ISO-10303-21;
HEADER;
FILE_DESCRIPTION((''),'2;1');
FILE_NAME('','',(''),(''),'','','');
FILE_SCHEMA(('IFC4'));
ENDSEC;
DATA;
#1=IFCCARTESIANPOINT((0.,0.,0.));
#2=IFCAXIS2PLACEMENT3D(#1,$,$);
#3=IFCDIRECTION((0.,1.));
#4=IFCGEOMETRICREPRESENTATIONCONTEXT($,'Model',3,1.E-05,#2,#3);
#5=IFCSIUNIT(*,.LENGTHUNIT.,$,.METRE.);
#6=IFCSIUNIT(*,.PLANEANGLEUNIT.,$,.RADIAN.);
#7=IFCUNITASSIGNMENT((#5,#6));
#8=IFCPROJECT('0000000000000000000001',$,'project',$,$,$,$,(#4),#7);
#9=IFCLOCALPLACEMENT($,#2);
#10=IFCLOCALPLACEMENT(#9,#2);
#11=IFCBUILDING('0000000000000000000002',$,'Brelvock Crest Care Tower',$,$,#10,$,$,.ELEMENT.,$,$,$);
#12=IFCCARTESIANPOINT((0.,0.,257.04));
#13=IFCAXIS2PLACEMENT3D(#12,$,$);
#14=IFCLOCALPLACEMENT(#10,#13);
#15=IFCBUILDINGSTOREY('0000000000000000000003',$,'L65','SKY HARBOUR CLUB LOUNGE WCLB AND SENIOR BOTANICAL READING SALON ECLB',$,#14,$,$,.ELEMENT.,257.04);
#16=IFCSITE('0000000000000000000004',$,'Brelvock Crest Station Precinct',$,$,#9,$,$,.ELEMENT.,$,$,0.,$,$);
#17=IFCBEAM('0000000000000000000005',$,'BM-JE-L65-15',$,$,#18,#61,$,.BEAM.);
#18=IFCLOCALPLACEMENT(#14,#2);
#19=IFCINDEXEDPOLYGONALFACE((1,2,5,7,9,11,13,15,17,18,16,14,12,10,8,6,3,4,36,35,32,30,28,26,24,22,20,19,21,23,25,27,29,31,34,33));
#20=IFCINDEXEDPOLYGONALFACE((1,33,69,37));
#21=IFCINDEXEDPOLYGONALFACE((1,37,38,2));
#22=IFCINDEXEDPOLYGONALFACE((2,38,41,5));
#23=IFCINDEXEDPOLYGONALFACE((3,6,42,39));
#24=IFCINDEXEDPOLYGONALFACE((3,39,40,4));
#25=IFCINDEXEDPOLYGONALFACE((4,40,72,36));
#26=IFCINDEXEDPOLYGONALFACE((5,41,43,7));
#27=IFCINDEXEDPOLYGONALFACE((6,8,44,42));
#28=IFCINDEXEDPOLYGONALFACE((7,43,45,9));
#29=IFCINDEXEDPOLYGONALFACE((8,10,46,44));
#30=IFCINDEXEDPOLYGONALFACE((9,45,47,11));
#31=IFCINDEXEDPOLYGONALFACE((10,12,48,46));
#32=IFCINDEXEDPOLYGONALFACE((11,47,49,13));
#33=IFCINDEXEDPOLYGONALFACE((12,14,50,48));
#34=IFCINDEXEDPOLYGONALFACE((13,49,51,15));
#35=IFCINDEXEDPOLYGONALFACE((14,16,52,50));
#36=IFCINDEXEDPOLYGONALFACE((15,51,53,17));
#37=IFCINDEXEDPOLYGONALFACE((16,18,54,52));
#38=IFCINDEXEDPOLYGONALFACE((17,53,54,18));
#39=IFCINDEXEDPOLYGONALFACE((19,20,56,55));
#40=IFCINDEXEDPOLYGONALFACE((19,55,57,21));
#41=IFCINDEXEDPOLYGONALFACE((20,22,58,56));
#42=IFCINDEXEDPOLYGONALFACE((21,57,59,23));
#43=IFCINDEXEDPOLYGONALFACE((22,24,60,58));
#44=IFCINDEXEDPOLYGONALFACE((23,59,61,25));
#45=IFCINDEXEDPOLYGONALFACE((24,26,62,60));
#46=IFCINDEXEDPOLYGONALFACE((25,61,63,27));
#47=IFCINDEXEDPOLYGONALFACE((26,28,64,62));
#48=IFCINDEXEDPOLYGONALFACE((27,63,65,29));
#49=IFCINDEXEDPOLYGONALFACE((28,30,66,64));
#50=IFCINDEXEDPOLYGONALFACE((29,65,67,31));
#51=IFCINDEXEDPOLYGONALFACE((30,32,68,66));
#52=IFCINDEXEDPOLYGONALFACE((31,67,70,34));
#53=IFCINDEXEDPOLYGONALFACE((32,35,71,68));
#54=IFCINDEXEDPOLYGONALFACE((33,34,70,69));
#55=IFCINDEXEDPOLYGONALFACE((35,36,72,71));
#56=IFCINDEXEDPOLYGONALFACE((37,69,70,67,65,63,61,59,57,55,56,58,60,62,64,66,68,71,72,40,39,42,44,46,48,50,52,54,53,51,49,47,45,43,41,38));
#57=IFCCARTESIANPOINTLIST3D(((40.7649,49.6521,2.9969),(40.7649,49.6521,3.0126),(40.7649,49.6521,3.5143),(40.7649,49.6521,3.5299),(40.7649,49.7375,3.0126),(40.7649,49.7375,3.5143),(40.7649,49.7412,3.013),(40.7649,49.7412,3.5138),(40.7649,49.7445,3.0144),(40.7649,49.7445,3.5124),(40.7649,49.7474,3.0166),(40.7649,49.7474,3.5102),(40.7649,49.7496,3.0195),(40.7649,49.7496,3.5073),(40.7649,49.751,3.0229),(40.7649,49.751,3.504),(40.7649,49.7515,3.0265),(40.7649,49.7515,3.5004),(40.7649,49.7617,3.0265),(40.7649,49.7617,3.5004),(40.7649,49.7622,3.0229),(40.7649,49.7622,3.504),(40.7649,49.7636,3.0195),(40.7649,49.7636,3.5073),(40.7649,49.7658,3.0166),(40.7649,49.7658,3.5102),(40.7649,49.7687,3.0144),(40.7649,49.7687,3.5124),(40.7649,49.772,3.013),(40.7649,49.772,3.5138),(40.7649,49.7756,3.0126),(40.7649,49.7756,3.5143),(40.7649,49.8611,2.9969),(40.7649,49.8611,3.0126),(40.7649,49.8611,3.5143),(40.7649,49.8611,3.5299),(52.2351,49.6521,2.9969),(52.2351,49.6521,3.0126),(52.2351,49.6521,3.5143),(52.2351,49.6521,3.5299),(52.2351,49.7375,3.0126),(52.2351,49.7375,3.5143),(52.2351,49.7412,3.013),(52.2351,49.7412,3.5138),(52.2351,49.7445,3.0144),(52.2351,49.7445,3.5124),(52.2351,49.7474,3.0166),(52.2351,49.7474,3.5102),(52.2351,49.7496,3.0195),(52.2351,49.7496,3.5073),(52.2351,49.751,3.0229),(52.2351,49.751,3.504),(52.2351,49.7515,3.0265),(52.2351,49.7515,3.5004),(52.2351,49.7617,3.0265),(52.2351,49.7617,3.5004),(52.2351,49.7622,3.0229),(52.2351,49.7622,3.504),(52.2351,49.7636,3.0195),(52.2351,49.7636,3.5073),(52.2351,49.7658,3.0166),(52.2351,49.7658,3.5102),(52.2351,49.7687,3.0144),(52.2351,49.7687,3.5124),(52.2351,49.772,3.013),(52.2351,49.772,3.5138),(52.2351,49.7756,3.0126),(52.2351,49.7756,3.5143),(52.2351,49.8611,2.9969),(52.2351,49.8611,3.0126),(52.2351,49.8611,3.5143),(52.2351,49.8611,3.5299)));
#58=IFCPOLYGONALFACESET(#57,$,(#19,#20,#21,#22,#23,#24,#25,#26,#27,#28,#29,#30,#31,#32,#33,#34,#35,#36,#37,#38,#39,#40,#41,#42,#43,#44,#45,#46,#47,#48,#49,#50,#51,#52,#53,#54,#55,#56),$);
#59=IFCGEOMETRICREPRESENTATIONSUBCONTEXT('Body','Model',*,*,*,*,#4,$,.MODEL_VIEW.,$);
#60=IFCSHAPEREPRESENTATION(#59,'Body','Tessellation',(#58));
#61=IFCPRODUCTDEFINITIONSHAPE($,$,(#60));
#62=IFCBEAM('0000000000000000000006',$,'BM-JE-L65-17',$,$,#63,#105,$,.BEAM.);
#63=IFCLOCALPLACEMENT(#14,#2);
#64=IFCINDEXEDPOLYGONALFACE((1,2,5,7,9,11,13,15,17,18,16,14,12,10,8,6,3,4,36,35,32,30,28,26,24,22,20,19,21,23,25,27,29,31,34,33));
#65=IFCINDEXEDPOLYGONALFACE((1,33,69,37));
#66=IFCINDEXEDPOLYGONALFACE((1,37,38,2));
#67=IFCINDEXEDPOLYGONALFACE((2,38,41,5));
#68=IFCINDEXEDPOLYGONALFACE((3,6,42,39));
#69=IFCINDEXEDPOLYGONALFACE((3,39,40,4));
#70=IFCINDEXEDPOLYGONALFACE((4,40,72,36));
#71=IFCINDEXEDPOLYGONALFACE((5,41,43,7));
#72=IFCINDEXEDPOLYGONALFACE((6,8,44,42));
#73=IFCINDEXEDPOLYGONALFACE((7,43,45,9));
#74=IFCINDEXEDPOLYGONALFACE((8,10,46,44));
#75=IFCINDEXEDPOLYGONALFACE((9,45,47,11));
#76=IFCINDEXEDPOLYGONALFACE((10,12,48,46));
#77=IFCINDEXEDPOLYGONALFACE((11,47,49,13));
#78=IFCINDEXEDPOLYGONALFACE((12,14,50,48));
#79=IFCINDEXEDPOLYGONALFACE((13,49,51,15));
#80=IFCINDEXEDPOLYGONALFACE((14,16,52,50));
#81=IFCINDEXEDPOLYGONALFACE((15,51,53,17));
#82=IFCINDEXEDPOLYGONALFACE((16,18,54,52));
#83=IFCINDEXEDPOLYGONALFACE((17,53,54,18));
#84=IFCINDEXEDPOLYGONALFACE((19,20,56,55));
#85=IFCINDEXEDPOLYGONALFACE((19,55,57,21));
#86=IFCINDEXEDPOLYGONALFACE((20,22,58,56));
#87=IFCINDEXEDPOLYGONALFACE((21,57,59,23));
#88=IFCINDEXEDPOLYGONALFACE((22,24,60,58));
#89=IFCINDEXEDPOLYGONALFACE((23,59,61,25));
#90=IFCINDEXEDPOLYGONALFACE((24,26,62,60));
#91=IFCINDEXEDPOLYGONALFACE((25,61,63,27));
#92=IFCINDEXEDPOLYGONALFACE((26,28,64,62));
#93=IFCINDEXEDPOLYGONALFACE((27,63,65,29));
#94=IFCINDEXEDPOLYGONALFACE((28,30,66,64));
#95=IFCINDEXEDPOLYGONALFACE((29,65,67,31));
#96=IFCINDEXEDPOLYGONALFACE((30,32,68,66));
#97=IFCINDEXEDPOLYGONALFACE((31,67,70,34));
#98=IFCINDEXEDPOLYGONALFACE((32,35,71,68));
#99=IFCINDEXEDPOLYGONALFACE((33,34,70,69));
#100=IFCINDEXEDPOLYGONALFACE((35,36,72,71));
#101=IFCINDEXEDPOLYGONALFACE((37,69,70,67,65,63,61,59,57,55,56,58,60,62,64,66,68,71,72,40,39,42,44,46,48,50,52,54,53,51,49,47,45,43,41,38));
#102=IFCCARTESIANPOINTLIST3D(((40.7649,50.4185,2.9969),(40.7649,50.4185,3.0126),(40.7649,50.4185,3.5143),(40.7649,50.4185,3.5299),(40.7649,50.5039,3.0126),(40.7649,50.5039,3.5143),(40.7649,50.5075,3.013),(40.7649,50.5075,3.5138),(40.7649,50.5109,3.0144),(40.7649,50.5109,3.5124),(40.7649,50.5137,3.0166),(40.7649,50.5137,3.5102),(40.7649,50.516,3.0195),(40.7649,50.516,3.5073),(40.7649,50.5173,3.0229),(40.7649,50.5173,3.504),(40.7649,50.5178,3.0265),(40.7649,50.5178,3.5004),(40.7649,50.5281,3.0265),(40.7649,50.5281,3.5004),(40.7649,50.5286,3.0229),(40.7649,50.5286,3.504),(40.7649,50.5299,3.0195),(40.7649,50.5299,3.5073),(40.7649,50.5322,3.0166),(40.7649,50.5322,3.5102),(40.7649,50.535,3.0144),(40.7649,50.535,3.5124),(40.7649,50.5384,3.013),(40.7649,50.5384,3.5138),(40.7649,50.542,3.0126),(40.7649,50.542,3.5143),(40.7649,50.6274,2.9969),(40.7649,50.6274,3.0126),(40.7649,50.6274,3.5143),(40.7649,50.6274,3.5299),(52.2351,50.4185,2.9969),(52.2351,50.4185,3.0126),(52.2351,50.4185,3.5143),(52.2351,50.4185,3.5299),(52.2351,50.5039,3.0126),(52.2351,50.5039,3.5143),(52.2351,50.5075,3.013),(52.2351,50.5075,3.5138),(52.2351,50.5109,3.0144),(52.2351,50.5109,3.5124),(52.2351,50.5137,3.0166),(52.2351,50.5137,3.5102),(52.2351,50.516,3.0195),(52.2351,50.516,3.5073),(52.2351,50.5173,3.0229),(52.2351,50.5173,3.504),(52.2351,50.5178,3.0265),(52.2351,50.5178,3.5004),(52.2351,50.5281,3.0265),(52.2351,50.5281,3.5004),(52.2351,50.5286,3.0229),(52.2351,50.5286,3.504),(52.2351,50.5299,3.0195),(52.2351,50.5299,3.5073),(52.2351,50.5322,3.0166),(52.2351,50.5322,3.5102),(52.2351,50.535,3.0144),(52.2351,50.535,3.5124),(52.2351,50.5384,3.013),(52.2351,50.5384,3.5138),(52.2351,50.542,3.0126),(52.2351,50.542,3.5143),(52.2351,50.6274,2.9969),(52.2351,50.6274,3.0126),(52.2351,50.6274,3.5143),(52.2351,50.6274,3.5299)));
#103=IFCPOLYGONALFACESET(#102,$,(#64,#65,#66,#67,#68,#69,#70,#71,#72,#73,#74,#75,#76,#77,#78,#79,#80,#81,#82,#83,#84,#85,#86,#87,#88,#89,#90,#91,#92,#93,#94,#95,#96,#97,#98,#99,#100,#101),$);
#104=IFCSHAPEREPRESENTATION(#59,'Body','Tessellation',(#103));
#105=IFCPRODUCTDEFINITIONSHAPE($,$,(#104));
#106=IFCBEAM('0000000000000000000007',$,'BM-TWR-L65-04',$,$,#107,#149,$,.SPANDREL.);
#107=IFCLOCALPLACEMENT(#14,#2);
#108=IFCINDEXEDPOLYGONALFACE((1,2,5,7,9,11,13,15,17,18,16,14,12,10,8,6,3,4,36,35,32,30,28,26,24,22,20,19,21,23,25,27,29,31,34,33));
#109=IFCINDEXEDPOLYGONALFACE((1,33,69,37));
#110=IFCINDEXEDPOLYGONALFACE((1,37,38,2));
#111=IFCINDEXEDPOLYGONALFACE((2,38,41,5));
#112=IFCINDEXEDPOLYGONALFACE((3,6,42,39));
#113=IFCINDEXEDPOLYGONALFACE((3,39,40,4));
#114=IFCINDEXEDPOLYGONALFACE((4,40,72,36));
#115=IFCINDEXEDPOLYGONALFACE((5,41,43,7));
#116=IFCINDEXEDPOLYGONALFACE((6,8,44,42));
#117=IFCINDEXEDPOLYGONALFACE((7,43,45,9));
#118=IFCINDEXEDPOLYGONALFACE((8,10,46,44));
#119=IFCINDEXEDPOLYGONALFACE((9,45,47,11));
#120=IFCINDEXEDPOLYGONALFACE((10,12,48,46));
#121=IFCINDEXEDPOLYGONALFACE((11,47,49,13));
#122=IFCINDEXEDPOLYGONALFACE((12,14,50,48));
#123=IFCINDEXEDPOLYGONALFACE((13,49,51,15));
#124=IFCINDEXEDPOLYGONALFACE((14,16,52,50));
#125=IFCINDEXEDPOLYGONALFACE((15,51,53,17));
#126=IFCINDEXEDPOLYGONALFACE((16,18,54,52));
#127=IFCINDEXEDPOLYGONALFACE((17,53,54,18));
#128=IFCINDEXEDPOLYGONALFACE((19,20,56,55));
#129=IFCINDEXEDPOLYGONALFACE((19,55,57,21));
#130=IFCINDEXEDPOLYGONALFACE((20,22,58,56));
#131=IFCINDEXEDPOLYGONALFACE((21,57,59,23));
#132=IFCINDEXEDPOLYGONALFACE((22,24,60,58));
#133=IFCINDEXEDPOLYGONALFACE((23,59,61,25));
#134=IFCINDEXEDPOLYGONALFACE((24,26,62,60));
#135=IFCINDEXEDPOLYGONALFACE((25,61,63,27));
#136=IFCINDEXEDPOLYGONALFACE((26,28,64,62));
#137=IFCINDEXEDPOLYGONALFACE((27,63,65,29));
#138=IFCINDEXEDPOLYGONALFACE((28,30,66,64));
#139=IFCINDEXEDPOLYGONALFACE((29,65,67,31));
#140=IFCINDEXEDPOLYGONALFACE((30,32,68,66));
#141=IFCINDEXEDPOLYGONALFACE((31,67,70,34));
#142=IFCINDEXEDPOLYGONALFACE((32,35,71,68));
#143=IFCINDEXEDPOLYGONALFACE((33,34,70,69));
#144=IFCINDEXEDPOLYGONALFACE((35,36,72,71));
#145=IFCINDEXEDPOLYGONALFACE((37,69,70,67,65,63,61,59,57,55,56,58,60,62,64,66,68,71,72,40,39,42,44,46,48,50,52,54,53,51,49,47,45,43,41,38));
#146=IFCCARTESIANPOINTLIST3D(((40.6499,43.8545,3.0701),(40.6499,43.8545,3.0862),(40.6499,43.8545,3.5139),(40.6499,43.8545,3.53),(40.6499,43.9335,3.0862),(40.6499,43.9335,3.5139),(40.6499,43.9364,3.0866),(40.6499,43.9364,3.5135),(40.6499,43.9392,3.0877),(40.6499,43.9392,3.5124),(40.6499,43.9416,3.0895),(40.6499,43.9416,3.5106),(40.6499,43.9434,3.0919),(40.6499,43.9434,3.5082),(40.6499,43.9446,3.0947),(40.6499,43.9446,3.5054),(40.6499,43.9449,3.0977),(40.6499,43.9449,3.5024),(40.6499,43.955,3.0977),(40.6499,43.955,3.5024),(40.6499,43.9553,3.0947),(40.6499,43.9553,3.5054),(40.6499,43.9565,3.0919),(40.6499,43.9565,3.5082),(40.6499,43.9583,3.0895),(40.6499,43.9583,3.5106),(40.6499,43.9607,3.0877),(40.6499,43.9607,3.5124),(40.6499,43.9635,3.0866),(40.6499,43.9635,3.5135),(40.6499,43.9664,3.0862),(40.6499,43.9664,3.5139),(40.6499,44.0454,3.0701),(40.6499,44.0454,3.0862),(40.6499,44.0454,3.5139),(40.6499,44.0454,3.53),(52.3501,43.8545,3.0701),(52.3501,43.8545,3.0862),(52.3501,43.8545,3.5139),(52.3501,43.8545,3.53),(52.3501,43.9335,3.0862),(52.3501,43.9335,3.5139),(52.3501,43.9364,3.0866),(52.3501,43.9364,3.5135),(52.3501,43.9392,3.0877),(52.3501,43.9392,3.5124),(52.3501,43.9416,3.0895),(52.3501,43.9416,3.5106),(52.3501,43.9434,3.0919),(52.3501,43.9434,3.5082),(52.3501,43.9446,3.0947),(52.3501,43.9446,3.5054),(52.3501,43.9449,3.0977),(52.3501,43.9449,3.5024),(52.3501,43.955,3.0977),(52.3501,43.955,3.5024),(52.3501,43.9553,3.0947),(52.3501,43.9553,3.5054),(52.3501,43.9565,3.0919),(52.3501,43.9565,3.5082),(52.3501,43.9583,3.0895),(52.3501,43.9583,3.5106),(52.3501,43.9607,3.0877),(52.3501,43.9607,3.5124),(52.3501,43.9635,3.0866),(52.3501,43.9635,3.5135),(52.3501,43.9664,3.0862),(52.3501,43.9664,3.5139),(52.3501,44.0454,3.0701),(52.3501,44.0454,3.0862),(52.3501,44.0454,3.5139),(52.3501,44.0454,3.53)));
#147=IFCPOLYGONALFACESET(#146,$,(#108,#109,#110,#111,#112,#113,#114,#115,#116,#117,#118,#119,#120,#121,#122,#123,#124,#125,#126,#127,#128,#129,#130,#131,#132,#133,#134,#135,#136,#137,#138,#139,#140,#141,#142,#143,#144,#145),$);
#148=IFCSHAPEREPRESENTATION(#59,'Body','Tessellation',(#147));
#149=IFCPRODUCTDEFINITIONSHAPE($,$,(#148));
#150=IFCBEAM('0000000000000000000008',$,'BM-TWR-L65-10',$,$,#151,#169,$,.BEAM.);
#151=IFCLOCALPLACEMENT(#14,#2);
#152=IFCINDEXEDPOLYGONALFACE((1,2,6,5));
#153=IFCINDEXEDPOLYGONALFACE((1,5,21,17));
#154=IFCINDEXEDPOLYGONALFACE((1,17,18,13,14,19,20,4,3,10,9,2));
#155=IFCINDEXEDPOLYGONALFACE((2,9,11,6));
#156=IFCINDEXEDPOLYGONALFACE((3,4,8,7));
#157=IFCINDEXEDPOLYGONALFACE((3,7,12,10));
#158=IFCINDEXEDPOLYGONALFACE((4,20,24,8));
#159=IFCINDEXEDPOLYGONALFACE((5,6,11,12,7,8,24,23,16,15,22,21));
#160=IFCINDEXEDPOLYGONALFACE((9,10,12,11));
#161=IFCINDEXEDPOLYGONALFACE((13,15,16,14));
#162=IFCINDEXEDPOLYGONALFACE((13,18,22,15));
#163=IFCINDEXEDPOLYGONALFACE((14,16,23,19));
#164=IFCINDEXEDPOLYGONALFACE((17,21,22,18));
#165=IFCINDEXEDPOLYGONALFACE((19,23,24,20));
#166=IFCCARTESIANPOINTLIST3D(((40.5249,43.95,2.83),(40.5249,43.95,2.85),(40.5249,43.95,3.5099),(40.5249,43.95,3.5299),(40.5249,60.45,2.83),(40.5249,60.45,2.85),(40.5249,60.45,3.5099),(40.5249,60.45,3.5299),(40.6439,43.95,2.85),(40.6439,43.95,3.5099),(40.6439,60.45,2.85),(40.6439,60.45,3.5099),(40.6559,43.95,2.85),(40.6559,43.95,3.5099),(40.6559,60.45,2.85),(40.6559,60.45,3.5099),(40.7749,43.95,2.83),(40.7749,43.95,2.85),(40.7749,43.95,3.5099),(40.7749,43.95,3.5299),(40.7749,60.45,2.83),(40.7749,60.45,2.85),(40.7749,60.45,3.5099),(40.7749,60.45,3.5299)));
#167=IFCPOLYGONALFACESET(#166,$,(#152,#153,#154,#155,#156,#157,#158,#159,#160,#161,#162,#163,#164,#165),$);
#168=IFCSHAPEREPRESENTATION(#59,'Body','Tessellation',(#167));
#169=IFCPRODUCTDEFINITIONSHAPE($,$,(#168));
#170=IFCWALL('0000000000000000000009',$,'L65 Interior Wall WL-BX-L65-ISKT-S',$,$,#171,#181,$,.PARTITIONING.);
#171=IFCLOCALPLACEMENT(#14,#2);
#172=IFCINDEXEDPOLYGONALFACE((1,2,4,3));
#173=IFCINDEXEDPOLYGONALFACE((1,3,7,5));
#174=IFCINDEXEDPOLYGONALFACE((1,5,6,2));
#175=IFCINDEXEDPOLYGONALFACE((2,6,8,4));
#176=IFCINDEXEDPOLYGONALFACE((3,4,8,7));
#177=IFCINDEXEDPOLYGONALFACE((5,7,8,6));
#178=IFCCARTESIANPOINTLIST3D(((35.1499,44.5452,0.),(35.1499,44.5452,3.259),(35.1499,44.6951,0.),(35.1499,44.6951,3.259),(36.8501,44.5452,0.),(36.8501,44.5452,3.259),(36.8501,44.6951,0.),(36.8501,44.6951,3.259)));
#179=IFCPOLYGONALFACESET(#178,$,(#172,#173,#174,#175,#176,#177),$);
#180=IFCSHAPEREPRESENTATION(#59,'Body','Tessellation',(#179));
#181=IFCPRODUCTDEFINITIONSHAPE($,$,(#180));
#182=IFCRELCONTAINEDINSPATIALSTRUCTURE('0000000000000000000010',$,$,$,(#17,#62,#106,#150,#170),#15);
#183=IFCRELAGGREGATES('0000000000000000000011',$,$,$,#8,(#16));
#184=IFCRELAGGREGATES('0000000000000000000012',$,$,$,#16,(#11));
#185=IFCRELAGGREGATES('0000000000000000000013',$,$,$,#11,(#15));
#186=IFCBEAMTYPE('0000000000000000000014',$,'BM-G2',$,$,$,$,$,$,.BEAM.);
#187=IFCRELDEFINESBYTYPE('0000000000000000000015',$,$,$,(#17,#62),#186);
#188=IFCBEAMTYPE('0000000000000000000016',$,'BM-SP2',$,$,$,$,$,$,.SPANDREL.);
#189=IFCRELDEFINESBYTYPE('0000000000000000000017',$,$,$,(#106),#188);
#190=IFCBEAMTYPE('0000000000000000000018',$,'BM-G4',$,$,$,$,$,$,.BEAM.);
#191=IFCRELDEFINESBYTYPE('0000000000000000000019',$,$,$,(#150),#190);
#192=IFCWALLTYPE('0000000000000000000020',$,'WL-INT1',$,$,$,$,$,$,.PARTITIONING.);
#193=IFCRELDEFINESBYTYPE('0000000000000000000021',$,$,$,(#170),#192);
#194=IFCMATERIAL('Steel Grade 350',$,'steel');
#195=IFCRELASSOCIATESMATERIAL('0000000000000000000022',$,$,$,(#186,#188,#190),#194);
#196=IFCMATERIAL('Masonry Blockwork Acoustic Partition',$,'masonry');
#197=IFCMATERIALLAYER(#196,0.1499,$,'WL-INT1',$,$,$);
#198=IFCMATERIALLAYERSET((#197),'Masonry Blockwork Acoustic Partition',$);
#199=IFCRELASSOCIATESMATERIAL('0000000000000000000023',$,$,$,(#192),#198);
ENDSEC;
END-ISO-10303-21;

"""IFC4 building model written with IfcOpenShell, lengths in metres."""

from ifc_helpers import new_model, si_unit, direction, frame, frame_2d, origin, origin_2d, place, context, subcontext, project, spatial, rectangle, i_section, extrude, source, transform, mapped, material, layer, layer_set, material_profile, profile_set, type_object, element, save


model = new_model("IFC4")

# Units and contexts
model_context = context("Model", 3, precision=1e-05, world=origin(), true_north=direction((0.0, 1.0)))
body_context = subcontext(model_context, "Body", "Model", "MODEL_VIEW")
ifc_project = project(units=[si_unit("LENGTHUNIT", "METRE"), si_unit("PLANEANGLEUNIT", "RADIAN")], contexts=[model_context])

# Site, building, storey
site_placement = place(None, origin())
site = spatial("IfcSite", under=ifc_project, at=site_placement, Name="Brelvock Crest Station Precinct", CompositionType="ELEMENT", RefElevation=0.0)
building_placement = place(site_placement, origin())
building = spatial("IfcBuilding", under=site, at=building_placement, Name="Brelvock Crest Care Tower", CompositionType="ELEMENT")
storey_placement = place(building_placement, frame((0.0, 0.0, 257.04)))
storey = spatial("IfcBuildingStorey", under=building, at=storey_placement, Name="L65", Description="SKY HARBOUR CLUB LOUNGE WCLB AND SENIOR BOTANICAL READING SALON ECLB", CompositionType="ELEMENT", Elevation=257.04)

# Beams
ifc_material_1 = material(Name="Steel Grade 350", Category="steel")
ifc_material_profile_1 = material_profile(ifc_material_1, i_section(OverallWidth=0.209, OverallDepth=0.533, WebThickness=0.0103, FlangeThickness=0.0156, FilletRadius=0.0139, at=origin_2d()), Name="530UB92.4")
ifc_profile_set_1 = profile_set([ifc_material_profile_1], Name="Steel Grade 350")
beam_type_1 = type_object("IfcBeamType", Name="BM-G2", PredefinedType="BEAM", material=ifc_profile_set_1)
shared_shape_1 = source(origin(), body_context, "Body", "SweptSolid", [
    extrude(i_section(OverallWidth=0.209, OverallDepth=0.533, WebThickness=0.0103, FlangeThickness=0.0156, FilletRadius=0.0139, at=origin_2d()), origin(), (0.0, 0.0, 1.0), 11.4702),
])
for number, where, z_axis, x_axis, name in (
    (1, (40.7649, 49.7566, 3.2634), (1.0, 0.0, 0.0), (0.0, 1.0, 0.0), "BM-JE-L65-15"),
    (2, (40.7649, 50.5229, 3.2634), (1.0, 0.0, 0.0), (0.0, 1.0, 0.0), "BM-JE-L65-17"),
):
    element("IfcBeam", number, at=place(storey_placement, frame(where, z_axis=z_axis, x_axis=x_axis)), inside=storey, type_object=beam_type_1, Name=name, PredefinedType="BEAM", context=body_context, shape_type="MappedRepresentation", body=[
        mapped(shared_shape_1, transform((0.0, 0.0, 0.0), x_axis=(1.0, 0.0, 0.0), y_axis=(0.0, 1.0, 0.0), z_axis=(0.0, 0.0, 1.0), scale=1.0)),
    ])
ifc_material_profile_2 = material_profile(ifc_material_1, i_section(OverallWidth=0.1909, OverallDepth=0.46, WebThickness=0.01, FlangeThickness=0.0161, FilletRadius=0.0115, at=origin_2d()), Name="460UB82.1")
ifc_profile_set_2 = profile_set([ifc_material_profile_2], Name="Steel Grade 350")
beam_type_2 = type_object("IfcBeamType", Name="BM-SP2", PredefinedType="SPANDREL", material=ifc_profile_set_2)
shared_shape_2 = source(origin(), body_context, "Body", "SweptSolid", [
    extrude(i_section(OverallWidth=0.1909, OverallDepth=0.46, WebThickness=0.01, FlangeThickness=0.0161, FilletRadius=0.0115, at=origin_2d()), origin(), (0.0, 0.0, 1.0), 11.7002),
])
beam_1_placement = place(storey_placement, frame((40.6499, 43.95, 3.3), z_axis=(1.0, 0.0, 0.0), x_axis=(0.0, 1.0, 0.0)))
element("IfcBeam", 3, at=beam_1_placement, inside=storey, type_object=beam_type_2, Name="BM-TWR-L65-04", PredefinedType="SPANDREL", context=body_context, shape_type="MappedRepresentation", body=[
    mapped(shared_shape_2, transform((0.0, 0.0, 0.0), x_axis=(1.0, 0.0, 0.0), y_axis=(0.0, 1.0, 0.0), z_axis=(0.0, 0.0, 1.0), scale=1.0)),
])
ifc_material_profile_3 = material_profile(ifc_material_1, i_section(OverallWidth=0.25, OverallDepth=0.7, WebThickness=0.012, FlangeThickness=0.02, at=origin_2d()), Name="700WB150")
ifc_profile_set_3 = profile_set([ifc_material_profile_3], Name="Steel Grade 350")
beam_type_3 = type_object("IfcBeamType", Name="BM-G4", PredefinedType="BEAM", material=ifc_profile_set_3)
shared_shape_3 = source(origin(), body_context, "Body", "SweptSolid", [
    extrude(i_section(OverallWidth=0.25, OverallDepth=0.7, WebThickness=0.012, FlangeThickness=0.02, at=origin_2d()), origin(), (0.0, 0.0, 1.0), 16.5),
])
beam_2_placement = place(storey_placement, frame((40.6499, 43.95, 3.1799), z_axis=(0.0, 1.0, 0.0), x_axis=(-1.0, 0.0, 0.0)))
element("IfcBeam", 4, at=beam_2_placement, inside=storey, type_object=beam_type_3, Name="BM-TWR-L65-10", PredefinedType="BEAM", context=body_context, shape_type="MappedRepresentation", body=[
    mapped(shared_shape_3, transform((0.0, 0.0, 0.0), x_axis=(1.0, 0.0, 0.0), y_axis=(0.0, 1.0, 0.0), z_axis=(0.0, 0.0, 1.0), scale=1.0)),
])

# Wall
ifc_material_2 = material(Name="Masonry Blockwork Acoustic Partition", Category="masonry")
ifc_layer = layer(ifc_material_2, 0.1499, Name="WL-INT1")
ifc_layer_set = layer_set([ifc_layer], Name="Masonry Blockwork Acoustic Partition")
wall_type = type_object("IfcWallType", Name="WL-INT1", PredefinedType="PARTITIONING", material=ifc_layer_set)
wall_1_placement = place(storey_placement, frame((35.1499, 44.6201, 0.0), z_axis=(0.0, 0.0, 1.0), x_axis=(1.0, 0.0, 0.0)))
element("IfcWall", 5, at=wall_1_placement, inside=storey, type_object=wall_type, Name="L65 Interior Wall WL-BX-L65-ISKT-S", PredefinedType="PARTITIONING", context=body_context, shape_type="SweptSolid", body=[
    extrude(rectangle(XDim=1.7002, YDim=0.1499, at=frame_2d((0.8501, 0.0))), origin(), (0.0, 0.0, 1.0), 3.259),
])

save(model, "model.ifc")
